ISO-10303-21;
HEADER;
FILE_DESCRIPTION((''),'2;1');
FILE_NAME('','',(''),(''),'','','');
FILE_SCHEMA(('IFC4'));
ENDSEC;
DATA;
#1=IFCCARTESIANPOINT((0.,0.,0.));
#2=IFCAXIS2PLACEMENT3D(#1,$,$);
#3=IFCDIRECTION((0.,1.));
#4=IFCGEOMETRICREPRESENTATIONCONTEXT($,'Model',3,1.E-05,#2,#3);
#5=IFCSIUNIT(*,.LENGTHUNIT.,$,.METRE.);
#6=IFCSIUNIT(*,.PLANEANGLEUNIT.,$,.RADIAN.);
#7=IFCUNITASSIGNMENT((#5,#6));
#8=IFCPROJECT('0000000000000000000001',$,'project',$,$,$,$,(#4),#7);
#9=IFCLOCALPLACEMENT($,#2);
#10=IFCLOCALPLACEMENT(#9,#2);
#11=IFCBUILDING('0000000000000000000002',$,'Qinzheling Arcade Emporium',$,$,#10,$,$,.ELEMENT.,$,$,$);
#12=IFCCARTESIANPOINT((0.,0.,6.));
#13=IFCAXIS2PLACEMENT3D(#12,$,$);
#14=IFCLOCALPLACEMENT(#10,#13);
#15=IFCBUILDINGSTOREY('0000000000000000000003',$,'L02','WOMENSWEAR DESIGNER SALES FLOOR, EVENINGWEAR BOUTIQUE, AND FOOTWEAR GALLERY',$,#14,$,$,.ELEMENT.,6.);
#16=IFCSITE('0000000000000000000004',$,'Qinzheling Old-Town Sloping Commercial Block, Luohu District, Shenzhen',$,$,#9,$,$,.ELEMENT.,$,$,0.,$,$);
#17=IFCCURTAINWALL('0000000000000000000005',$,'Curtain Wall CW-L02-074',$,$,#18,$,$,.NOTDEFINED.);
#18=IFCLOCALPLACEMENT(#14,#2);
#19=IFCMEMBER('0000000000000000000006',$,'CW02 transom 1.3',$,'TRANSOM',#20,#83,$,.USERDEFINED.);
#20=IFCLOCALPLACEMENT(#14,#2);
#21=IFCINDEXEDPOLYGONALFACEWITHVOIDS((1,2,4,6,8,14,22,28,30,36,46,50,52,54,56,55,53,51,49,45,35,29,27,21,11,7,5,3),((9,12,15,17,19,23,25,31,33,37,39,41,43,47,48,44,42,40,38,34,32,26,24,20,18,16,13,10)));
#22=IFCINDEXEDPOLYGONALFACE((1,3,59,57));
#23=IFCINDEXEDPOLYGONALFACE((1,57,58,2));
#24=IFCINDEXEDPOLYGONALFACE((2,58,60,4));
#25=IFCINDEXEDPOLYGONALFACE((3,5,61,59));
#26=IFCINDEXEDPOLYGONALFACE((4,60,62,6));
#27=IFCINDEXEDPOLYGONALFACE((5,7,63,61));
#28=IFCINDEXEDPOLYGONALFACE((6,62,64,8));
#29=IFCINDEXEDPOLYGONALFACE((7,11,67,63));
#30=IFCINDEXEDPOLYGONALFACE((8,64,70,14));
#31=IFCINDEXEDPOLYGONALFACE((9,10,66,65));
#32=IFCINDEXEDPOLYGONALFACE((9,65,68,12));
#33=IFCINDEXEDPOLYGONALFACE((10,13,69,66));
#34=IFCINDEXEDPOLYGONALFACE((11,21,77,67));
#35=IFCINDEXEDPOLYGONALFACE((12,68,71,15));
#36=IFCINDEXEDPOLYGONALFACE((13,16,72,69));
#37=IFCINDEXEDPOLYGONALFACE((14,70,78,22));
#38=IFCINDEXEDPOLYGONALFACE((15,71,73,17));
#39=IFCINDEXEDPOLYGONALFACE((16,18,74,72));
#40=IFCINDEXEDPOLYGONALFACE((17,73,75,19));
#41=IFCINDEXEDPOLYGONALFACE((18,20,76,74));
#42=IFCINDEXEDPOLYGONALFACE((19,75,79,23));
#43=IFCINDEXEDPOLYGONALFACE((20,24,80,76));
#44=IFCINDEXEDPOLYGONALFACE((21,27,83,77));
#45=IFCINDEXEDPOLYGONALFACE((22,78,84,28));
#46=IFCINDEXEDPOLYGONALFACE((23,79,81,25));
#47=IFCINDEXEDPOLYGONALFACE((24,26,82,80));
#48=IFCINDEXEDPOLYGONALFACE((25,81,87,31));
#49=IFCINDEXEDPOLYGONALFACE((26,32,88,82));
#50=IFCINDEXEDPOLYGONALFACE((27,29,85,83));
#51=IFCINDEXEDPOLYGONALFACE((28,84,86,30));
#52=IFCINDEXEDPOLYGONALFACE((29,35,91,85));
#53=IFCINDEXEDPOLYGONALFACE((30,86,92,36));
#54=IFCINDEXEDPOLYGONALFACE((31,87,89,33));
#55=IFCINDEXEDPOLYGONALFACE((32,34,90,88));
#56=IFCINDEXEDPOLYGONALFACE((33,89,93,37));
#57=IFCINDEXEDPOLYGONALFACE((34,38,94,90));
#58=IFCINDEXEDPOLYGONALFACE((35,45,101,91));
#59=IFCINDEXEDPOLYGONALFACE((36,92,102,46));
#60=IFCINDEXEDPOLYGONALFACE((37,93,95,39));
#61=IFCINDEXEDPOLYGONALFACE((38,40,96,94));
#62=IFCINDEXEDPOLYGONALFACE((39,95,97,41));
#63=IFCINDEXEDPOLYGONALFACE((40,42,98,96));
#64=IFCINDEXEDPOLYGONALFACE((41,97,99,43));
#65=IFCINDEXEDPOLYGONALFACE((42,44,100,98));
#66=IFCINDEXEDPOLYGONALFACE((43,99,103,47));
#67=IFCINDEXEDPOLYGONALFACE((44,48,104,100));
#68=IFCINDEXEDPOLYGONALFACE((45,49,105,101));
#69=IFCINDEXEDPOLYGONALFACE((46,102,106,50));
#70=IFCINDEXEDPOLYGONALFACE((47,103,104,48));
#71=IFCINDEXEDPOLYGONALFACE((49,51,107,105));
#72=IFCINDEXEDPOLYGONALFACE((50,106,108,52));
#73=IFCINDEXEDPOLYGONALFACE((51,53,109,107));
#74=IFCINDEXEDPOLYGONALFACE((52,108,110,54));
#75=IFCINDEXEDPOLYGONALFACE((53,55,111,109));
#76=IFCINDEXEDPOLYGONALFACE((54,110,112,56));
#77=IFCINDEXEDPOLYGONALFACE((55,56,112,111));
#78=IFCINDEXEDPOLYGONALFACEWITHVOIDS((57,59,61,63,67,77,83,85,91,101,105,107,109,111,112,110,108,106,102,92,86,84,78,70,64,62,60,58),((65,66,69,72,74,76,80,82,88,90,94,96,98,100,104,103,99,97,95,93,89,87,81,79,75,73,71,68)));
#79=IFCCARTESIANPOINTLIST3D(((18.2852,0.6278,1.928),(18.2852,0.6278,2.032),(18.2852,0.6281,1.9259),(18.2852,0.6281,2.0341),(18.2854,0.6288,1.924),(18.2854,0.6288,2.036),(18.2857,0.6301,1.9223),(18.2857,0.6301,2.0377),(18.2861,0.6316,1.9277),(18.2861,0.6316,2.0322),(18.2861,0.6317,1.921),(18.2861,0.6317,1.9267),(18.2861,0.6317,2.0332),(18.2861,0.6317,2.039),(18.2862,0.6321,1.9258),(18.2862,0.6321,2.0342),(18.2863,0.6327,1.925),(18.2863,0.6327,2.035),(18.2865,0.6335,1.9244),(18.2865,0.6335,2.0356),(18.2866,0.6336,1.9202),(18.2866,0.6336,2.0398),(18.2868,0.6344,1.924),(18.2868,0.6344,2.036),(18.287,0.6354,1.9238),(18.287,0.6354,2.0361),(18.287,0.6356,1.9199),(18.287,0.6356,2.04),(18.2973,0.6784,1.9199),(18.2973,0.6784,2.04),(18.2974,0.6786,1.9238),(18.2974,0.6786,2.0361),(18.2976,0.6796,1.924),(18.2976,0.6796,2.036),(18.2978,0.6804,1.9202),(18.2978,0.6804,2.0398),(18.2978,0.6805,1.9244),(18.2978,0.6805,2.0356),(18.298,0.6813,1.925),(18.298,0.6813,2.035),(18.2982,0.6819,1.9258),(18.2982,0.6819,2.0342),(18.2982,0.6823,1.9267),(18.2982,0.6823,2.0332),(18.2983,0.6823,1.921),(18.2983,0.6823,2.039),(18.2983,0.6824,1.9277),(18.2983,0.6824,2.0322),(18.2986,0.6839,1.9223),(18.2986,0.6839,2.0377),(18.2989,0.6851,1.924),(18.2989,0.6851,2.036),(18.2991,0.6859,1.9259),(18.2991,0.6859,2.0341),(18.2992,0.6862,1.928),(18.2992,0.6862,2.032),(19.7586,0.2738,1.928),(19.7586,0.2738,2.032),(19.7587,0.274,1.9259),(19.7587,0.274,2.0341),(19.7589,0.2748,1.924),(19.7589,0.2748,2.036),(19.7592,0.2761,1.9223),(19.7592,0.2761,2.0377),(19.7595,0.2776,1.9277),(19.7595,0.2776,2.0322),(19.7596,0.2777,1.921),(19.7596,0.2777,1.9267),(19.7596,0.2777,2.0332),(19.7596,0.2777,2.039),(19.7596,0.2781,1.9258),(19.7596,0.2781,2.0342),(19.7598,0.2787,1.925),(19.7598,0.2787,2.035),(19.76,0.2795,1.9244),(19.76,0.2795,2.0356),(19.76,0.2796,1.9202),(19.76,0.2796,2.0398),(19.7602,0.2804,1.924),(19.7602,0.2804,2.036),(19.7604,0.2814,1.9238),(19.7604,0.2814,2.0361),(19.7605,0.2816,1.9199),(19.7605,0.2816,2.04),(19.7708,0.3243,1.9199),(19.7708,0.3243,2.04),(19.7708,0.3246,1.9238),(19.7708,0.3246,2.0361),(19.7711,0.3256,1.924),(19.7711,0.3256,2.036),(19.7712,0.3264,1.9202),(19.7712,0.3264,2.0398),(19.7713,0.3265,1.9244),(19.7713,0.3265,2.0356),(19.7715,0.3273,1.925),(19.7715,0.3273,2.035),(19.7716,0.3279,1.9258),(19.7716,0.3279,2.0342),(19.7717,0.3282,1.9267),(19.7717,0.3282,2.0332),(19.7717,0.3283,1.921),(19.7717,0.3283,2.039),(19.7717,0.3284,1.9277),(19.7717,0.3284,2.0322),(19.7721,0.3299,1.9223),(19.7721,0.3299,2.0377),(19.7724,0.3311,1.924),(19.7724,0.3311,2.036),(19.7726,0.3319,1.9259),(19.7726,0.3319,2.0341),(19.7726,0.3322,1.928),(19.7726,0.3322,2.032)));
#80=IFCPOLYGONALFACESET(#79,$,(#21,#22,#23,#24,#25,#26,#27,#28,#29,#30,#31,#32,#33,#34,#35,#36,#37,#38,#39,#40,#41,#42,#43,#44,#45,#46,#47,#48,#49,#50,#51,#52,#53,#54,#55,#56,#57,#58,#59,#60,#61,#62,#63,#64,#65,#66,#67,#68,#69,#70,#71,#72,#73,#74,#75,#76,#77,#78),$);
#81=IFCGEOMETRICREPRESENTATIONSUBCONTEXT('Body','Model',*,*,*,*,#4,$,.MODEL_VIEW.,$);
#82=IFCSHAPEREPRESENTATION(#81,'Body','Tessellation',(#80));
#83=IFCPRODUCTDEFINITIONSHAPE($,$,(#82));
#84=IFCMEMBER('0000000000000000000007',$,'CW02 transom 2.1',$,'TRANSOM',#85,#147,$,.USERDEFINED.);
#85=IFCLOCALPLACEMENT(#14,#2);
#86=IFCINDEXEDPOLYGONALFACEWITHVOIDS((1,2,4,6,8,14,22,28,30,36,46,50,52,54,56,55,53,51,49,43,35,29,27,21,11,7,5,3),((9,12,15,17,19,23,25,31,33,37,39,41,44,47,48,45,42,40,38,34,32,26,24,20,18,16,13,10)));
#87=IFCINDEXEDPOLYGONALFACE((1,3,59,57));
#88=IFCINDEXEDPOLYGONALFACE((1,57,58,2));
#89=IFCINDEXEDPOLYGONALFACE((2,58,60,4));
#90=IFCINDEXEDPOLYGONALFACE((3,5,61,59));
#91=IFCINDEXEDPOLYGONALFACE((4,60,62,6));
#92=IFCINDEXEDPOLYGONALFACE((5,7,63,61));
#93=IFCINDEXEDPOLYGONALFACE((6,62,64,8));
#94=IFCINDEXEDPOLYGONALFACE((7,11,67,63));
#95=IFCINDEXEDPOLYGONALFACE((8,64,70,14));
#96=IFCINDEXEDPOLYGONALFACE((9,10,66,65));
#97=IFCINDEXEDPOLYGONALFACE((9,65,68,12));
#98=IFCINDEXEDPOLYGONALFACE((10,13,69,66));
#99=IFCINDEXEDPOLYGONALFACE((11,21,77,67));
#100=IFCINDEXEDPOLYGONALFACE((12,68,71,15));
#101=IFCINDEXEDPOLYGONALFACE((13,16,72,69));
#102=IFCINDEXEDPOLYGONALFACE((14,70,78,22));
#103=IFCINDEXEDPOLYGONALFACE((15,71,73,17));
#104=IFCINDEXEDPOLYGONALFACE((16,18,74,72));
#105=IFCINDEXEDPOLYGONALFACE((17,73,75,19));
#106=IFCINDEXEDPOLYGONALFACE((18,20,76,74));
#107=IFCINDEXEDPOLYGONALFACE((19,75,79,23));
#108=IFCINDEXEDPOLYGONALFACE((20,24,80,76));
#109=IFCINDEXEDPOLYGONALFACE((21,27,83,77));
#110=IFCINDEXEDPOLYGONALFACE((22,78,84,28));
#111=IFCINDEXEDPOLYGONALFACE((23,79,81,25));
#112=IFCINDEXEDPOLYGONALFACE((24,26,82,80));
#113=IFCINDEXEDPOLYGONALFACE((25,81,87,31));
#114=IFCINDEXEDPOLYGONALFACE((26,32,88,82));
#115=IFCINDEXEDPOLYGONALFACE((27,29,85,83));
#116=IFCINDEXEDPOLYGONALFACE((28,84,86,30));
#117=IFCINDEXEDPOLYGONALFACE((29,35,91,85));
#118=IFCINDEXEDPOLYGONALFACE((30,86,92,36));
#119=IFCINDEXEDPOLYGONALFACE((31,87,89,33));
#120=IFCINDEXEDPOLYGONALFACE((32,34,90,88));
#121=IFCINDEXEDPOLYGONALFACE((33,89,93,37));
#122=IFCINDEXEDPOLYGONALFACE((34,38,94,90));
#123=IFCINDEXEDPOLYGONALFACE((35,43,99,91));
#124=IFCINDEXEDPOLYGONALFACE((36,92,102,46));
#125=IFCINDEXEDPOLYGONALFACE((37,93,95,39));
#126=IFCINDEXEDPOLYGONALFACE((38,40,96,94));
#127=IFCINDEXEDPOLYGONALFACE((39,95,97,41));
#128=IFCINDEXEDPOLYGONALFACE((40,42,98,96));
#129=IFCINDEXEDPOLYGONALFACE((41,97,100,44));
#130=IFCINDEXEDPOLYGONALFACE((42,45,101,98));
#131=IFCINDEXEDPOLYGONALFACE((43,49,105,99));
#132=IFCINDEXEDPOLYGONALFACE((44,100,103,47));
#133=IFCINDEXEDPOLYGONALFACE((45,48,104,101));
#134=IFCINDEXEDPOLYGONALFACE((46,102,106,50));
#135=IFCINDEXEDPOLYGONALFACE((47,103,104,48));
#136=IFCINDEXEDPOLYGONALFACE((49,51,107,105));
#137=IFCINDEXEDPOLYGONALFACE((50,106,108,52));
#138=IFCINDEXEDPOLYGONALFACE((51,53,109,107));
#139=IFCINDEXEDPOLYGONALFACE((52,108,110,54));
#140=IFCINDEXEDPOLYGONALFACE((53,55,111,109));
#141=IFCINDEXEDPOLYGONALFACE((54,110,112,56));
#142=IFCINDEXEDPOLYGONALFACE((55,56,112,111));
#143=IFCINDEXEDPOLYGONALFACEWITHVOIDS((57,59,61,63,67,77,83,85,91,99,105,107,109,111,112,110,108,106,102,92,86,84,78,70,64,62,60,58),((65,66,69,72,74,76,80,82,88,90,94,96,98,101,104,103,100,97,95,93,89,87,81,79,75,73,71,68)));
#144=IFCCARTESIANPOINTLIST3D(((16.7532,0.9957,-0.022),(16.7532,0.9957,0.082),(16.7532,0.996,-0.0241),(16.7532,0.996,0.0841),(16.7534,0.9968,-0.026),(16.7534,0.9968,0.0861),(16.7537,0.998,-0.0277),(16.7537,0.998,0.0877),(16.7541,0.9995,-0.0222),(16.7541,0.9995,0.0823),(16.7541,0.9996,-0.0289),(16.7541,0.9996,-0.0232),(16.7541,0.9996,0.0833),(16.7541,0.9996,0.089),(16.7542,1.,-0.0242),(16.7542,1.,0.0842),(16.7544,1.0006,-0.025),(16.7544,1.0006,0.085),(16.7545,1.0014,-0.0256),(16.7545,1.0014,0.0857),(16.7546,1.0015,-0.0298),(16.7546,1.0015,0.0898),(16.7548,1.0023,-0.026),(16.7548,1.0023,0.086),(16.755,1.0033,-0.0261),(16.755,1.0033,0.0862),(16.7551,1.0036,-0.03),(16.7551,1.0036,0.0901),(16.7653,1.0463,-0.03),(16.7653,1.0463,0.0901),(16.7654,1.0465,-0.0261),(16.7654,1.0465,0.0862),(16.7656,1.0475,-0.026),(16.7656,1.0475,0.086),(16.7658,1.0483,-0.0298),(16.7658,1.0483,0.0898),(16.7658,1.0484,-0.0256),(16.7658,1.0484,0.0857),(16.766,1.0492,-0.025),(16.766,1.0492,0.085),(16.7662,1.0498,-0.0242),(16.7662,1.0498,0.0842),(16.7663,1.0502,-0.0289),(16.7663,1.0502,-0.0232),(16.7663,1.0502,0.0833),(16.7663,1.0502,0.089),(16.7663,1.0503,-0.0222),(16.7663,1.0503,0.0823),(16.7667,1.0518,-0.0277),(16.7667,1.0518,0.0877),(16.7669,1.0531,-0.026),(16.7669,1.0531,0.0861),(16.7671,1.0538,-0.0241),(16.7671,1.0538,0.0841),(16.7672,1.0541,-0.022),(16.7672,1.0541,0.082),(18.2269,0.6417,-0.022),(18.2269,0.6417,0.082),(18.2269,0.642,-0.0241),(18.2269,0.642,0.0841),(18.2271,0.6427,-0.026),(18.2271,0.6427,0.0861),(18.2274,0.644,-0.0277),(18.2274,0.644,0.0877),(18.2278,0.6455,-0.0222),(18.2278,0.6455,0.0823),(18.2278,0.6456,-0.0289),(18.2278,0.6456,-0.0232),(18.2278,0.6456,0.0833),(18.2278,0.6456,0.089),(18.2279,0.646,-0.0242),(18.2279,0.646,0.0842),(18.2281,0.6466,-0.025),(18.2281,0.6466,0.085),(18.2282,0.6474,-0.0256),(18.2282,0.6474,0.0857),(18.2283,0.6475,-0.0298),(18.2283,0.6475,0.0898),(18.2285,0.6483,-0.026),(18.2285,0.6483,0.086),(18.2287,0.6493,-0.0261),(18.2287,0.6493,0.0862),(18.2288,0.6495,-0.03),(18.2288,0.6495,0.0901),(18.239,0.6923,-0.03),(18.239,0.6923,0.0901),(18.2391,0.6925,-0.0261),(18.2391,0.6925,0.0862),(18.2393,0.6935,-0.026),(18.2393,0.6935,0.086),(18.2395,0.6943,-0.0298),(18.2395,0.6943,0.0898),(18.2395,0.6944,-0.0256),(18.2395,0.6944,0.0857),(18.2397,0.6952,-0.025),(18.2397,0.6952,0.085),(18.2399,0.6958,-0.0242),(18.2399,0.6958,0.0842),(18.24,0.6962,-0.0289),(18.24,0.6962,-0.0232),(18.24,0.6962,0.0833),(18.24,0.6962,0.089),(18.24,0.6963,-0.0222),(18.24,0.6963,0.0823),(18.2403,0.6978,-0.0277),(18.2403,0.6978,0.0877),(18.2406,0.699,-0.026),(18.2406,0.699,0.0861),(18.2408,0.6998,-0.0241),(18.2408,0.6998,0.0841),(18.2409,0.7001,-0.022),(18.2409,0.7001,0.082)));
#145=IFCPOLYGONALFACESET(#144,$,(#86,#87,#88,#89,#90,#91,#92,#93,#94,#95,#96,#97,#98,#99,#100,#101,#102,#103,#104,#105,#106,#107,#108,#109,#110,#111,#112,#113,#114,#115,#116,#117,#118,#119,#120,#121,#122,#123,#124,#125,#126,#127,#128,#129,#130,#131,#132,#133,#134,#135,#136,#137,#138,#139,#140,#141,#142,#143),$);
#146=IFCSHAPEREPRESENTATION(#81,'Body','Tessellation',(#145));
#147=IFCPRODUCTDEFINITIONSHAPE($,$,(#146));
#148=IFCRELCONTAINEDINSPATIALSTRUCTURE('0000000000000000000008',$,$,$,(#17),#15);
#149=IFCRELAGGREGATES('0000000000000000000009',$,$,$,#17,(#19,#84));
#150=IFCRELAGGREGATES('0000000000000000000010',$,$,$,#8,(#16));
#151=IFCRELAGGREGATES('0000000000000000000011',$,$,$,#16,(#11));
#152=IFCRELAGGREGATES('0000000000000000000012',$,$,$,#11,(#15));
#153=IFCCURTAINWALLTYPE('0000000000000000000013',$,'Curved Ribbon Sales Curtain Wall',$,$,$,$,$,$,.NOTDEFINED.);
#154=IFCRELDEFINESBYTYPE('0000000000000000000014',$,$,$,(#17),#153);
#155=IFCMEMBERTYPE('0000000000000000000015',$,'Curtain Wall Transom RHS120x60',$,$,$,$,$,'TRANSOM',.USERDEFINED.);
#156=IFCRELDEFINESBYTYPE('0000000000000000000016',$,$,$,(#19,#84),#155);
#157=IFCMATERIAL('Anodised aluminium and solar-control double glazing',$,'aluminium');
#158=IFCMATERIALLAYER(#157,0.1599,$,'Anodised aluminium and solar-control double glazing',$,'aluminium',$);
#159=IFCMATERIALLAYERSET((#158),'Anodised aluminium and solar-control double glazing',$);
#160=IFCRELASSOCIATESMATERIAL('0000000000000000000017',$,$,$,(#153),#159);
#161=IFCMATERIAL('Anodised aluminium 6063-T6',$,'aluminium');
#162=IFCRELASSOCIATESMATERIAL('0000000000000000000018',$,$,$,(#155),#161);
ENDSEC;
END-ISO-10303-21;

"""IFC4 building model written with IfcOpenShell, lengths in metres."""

from ifc_helpers import new_model, si_unit, direction, frame, origin, origin_2d, place, context, subcontext, project, spatial, hollow_rectangle, extrude, material, layer, layer_set, material_profile, profile_set, type_object, element, aggregate, save


model = new_model("IFC4")

# Units and contexts
model_context = context("Model", 3, precision=1e-05, world=origin(), true_north=direction((0.0, 1.0)))
body_context = subcontext(model_context, "Body", "Model", "MODEL_VIEW")
ifc_project = project(units=[si_unit("LENGTHUNIT", "METRE"), si_unit("PLANEANGLEUNIT", "RADIAN")], contexts=[model_context])

# Site, building, storey
site_placement = place(None, origin())
site = spatial("IfcSite", under=ifc_project, at=site_placement, Name="Qinzheling Old-Town Sloping Commercial Block, Luohu District, Shenzhen", CompositionType="ELEMENT", RefElevation=0.0)
building_placement = place(site_placement, origin())
building = spatial("IfcBuilding", under=site, at=building_placement, Name="Qinzheling Arcade Emporium", CompositionType="ELEMENT")
storey_placement = place(building_placement, frame((0.0, 0.0, 6.0)))
storey = spatial("IfcBuildingStorey", under=building, at=storey_placement, Name="L02", Description="WOMENSWEAR DESIGNER SALES FLOOR, EVENINGWEAR BOUTIQUE, AND FOOTWEAR GALLERY", CompositionType="ELEMENT", Elevation=6.0)

# Shared definitions
ifc_material_1 = material(Name="Anodised aluminium and solar-control double glazing", Category="aluminium")
ifc_layer_1 = layer(ifc_material_1, 0.1599, Name="Anodised aluminium and solar-control double glazing", Category="aluminium")
ifc_layer_set_1 = layer_set([ifc_layer_1], Name="Anodised aluminium and solar-control double glazing")
curtain_wall_type = type_object("IfcCurtainWallType", Name="Curved Ribbon Sales Curtain Wall", PredefinedType="NOTDEFINED", material=ifc_layer_set_1)
ifc_material_2 = material(Name="Anodised aluminium 6063-T6", Category="aluminium")

# Curtain wall, members
curtain_wall_1_placement = place(storey_placement, origin())
curtain_wall_1 = element("IfcCurtainWall", 1, at=curtain_wall_1_placement, inside=storey, type_object=curtain_wall_type, Name="Curtain Wall CW-L02-074", PredefinedType="NOTDEFINED")
ifc_material_profile_1 = material_profile(ifc_material_2, hollow_rectangle(XDim=0.0601, YDim=0.1201, WallThickness=0.0039, InnerFilletRadius=0.0039, OuterFilletRadius=0.0081, at=origin_2d()), Name="RHS 120x60x4", Category="aluminium")
ifc_profile_set_1 = profile_set([ifc_material_profile_1], Name="Anodised aluminium 6063-T6")
member_type_1 = type_object("IfcMemberType", Name="Curtain Wall Transom RHS120x60", ElementType="TRANSOM", PredefinedType="USERDEFINED", material=ifc_profile_set_1)
member_1_placement = place(storey_placement, frame((19.7656, 0.303, 1.98), z_axis=(-0.972329, 0.233617, 0.0), x_axis=(-0.233617, -0.972329, 0.0)))
member_1 = element("IfcMember", 2, at=member_1_placement, type_object=member_type_1, Name="CW02 transom 1.3", ObjectType="TRANSOM", PredefinedType="USERDEFINED", context=body_context, shape_type="SweptSolid", body=[
    extrude(hollow_rectangle(XDim=0.0601, YDim=0.1201, WallThickness=0.0039, InnerFilletRadius=0.0039, OuterFilletRadius=0.0081, at=origin_2d()), origin(), (0.0, 0.0, 1.0), 1.5154),
])
member_2_placement = place(storey_placement, frame((18.2339, 0.6709, 0.03), z_axis=(-0.972338, 0.23358, 0.0), x_axis=(-0.23358, -0.972338, 0.0)))
member_2 = element("IfcMember", 3, at=member_2_placement, type_object=member_type_1, Name="CW02 transom 2.1", ObjectType="TRANSOM", PredefinedType="USERDEFINED", context=body_context, shape_type="SweptSolid", body=[
    extrude(hollow_rectangle(XDim=0.0601, YDim=0.1201, WallThickness=0.0039, InnerFilletRadius=0.0039, OuterFilletRadius=0.0081, at=origin_2d()), origin(), (0.0, 0.0, 1.0), 1.5156),
])

aggregate(curtain_wall_1, [member_1, member_2])

save(model, "model.ifc")
